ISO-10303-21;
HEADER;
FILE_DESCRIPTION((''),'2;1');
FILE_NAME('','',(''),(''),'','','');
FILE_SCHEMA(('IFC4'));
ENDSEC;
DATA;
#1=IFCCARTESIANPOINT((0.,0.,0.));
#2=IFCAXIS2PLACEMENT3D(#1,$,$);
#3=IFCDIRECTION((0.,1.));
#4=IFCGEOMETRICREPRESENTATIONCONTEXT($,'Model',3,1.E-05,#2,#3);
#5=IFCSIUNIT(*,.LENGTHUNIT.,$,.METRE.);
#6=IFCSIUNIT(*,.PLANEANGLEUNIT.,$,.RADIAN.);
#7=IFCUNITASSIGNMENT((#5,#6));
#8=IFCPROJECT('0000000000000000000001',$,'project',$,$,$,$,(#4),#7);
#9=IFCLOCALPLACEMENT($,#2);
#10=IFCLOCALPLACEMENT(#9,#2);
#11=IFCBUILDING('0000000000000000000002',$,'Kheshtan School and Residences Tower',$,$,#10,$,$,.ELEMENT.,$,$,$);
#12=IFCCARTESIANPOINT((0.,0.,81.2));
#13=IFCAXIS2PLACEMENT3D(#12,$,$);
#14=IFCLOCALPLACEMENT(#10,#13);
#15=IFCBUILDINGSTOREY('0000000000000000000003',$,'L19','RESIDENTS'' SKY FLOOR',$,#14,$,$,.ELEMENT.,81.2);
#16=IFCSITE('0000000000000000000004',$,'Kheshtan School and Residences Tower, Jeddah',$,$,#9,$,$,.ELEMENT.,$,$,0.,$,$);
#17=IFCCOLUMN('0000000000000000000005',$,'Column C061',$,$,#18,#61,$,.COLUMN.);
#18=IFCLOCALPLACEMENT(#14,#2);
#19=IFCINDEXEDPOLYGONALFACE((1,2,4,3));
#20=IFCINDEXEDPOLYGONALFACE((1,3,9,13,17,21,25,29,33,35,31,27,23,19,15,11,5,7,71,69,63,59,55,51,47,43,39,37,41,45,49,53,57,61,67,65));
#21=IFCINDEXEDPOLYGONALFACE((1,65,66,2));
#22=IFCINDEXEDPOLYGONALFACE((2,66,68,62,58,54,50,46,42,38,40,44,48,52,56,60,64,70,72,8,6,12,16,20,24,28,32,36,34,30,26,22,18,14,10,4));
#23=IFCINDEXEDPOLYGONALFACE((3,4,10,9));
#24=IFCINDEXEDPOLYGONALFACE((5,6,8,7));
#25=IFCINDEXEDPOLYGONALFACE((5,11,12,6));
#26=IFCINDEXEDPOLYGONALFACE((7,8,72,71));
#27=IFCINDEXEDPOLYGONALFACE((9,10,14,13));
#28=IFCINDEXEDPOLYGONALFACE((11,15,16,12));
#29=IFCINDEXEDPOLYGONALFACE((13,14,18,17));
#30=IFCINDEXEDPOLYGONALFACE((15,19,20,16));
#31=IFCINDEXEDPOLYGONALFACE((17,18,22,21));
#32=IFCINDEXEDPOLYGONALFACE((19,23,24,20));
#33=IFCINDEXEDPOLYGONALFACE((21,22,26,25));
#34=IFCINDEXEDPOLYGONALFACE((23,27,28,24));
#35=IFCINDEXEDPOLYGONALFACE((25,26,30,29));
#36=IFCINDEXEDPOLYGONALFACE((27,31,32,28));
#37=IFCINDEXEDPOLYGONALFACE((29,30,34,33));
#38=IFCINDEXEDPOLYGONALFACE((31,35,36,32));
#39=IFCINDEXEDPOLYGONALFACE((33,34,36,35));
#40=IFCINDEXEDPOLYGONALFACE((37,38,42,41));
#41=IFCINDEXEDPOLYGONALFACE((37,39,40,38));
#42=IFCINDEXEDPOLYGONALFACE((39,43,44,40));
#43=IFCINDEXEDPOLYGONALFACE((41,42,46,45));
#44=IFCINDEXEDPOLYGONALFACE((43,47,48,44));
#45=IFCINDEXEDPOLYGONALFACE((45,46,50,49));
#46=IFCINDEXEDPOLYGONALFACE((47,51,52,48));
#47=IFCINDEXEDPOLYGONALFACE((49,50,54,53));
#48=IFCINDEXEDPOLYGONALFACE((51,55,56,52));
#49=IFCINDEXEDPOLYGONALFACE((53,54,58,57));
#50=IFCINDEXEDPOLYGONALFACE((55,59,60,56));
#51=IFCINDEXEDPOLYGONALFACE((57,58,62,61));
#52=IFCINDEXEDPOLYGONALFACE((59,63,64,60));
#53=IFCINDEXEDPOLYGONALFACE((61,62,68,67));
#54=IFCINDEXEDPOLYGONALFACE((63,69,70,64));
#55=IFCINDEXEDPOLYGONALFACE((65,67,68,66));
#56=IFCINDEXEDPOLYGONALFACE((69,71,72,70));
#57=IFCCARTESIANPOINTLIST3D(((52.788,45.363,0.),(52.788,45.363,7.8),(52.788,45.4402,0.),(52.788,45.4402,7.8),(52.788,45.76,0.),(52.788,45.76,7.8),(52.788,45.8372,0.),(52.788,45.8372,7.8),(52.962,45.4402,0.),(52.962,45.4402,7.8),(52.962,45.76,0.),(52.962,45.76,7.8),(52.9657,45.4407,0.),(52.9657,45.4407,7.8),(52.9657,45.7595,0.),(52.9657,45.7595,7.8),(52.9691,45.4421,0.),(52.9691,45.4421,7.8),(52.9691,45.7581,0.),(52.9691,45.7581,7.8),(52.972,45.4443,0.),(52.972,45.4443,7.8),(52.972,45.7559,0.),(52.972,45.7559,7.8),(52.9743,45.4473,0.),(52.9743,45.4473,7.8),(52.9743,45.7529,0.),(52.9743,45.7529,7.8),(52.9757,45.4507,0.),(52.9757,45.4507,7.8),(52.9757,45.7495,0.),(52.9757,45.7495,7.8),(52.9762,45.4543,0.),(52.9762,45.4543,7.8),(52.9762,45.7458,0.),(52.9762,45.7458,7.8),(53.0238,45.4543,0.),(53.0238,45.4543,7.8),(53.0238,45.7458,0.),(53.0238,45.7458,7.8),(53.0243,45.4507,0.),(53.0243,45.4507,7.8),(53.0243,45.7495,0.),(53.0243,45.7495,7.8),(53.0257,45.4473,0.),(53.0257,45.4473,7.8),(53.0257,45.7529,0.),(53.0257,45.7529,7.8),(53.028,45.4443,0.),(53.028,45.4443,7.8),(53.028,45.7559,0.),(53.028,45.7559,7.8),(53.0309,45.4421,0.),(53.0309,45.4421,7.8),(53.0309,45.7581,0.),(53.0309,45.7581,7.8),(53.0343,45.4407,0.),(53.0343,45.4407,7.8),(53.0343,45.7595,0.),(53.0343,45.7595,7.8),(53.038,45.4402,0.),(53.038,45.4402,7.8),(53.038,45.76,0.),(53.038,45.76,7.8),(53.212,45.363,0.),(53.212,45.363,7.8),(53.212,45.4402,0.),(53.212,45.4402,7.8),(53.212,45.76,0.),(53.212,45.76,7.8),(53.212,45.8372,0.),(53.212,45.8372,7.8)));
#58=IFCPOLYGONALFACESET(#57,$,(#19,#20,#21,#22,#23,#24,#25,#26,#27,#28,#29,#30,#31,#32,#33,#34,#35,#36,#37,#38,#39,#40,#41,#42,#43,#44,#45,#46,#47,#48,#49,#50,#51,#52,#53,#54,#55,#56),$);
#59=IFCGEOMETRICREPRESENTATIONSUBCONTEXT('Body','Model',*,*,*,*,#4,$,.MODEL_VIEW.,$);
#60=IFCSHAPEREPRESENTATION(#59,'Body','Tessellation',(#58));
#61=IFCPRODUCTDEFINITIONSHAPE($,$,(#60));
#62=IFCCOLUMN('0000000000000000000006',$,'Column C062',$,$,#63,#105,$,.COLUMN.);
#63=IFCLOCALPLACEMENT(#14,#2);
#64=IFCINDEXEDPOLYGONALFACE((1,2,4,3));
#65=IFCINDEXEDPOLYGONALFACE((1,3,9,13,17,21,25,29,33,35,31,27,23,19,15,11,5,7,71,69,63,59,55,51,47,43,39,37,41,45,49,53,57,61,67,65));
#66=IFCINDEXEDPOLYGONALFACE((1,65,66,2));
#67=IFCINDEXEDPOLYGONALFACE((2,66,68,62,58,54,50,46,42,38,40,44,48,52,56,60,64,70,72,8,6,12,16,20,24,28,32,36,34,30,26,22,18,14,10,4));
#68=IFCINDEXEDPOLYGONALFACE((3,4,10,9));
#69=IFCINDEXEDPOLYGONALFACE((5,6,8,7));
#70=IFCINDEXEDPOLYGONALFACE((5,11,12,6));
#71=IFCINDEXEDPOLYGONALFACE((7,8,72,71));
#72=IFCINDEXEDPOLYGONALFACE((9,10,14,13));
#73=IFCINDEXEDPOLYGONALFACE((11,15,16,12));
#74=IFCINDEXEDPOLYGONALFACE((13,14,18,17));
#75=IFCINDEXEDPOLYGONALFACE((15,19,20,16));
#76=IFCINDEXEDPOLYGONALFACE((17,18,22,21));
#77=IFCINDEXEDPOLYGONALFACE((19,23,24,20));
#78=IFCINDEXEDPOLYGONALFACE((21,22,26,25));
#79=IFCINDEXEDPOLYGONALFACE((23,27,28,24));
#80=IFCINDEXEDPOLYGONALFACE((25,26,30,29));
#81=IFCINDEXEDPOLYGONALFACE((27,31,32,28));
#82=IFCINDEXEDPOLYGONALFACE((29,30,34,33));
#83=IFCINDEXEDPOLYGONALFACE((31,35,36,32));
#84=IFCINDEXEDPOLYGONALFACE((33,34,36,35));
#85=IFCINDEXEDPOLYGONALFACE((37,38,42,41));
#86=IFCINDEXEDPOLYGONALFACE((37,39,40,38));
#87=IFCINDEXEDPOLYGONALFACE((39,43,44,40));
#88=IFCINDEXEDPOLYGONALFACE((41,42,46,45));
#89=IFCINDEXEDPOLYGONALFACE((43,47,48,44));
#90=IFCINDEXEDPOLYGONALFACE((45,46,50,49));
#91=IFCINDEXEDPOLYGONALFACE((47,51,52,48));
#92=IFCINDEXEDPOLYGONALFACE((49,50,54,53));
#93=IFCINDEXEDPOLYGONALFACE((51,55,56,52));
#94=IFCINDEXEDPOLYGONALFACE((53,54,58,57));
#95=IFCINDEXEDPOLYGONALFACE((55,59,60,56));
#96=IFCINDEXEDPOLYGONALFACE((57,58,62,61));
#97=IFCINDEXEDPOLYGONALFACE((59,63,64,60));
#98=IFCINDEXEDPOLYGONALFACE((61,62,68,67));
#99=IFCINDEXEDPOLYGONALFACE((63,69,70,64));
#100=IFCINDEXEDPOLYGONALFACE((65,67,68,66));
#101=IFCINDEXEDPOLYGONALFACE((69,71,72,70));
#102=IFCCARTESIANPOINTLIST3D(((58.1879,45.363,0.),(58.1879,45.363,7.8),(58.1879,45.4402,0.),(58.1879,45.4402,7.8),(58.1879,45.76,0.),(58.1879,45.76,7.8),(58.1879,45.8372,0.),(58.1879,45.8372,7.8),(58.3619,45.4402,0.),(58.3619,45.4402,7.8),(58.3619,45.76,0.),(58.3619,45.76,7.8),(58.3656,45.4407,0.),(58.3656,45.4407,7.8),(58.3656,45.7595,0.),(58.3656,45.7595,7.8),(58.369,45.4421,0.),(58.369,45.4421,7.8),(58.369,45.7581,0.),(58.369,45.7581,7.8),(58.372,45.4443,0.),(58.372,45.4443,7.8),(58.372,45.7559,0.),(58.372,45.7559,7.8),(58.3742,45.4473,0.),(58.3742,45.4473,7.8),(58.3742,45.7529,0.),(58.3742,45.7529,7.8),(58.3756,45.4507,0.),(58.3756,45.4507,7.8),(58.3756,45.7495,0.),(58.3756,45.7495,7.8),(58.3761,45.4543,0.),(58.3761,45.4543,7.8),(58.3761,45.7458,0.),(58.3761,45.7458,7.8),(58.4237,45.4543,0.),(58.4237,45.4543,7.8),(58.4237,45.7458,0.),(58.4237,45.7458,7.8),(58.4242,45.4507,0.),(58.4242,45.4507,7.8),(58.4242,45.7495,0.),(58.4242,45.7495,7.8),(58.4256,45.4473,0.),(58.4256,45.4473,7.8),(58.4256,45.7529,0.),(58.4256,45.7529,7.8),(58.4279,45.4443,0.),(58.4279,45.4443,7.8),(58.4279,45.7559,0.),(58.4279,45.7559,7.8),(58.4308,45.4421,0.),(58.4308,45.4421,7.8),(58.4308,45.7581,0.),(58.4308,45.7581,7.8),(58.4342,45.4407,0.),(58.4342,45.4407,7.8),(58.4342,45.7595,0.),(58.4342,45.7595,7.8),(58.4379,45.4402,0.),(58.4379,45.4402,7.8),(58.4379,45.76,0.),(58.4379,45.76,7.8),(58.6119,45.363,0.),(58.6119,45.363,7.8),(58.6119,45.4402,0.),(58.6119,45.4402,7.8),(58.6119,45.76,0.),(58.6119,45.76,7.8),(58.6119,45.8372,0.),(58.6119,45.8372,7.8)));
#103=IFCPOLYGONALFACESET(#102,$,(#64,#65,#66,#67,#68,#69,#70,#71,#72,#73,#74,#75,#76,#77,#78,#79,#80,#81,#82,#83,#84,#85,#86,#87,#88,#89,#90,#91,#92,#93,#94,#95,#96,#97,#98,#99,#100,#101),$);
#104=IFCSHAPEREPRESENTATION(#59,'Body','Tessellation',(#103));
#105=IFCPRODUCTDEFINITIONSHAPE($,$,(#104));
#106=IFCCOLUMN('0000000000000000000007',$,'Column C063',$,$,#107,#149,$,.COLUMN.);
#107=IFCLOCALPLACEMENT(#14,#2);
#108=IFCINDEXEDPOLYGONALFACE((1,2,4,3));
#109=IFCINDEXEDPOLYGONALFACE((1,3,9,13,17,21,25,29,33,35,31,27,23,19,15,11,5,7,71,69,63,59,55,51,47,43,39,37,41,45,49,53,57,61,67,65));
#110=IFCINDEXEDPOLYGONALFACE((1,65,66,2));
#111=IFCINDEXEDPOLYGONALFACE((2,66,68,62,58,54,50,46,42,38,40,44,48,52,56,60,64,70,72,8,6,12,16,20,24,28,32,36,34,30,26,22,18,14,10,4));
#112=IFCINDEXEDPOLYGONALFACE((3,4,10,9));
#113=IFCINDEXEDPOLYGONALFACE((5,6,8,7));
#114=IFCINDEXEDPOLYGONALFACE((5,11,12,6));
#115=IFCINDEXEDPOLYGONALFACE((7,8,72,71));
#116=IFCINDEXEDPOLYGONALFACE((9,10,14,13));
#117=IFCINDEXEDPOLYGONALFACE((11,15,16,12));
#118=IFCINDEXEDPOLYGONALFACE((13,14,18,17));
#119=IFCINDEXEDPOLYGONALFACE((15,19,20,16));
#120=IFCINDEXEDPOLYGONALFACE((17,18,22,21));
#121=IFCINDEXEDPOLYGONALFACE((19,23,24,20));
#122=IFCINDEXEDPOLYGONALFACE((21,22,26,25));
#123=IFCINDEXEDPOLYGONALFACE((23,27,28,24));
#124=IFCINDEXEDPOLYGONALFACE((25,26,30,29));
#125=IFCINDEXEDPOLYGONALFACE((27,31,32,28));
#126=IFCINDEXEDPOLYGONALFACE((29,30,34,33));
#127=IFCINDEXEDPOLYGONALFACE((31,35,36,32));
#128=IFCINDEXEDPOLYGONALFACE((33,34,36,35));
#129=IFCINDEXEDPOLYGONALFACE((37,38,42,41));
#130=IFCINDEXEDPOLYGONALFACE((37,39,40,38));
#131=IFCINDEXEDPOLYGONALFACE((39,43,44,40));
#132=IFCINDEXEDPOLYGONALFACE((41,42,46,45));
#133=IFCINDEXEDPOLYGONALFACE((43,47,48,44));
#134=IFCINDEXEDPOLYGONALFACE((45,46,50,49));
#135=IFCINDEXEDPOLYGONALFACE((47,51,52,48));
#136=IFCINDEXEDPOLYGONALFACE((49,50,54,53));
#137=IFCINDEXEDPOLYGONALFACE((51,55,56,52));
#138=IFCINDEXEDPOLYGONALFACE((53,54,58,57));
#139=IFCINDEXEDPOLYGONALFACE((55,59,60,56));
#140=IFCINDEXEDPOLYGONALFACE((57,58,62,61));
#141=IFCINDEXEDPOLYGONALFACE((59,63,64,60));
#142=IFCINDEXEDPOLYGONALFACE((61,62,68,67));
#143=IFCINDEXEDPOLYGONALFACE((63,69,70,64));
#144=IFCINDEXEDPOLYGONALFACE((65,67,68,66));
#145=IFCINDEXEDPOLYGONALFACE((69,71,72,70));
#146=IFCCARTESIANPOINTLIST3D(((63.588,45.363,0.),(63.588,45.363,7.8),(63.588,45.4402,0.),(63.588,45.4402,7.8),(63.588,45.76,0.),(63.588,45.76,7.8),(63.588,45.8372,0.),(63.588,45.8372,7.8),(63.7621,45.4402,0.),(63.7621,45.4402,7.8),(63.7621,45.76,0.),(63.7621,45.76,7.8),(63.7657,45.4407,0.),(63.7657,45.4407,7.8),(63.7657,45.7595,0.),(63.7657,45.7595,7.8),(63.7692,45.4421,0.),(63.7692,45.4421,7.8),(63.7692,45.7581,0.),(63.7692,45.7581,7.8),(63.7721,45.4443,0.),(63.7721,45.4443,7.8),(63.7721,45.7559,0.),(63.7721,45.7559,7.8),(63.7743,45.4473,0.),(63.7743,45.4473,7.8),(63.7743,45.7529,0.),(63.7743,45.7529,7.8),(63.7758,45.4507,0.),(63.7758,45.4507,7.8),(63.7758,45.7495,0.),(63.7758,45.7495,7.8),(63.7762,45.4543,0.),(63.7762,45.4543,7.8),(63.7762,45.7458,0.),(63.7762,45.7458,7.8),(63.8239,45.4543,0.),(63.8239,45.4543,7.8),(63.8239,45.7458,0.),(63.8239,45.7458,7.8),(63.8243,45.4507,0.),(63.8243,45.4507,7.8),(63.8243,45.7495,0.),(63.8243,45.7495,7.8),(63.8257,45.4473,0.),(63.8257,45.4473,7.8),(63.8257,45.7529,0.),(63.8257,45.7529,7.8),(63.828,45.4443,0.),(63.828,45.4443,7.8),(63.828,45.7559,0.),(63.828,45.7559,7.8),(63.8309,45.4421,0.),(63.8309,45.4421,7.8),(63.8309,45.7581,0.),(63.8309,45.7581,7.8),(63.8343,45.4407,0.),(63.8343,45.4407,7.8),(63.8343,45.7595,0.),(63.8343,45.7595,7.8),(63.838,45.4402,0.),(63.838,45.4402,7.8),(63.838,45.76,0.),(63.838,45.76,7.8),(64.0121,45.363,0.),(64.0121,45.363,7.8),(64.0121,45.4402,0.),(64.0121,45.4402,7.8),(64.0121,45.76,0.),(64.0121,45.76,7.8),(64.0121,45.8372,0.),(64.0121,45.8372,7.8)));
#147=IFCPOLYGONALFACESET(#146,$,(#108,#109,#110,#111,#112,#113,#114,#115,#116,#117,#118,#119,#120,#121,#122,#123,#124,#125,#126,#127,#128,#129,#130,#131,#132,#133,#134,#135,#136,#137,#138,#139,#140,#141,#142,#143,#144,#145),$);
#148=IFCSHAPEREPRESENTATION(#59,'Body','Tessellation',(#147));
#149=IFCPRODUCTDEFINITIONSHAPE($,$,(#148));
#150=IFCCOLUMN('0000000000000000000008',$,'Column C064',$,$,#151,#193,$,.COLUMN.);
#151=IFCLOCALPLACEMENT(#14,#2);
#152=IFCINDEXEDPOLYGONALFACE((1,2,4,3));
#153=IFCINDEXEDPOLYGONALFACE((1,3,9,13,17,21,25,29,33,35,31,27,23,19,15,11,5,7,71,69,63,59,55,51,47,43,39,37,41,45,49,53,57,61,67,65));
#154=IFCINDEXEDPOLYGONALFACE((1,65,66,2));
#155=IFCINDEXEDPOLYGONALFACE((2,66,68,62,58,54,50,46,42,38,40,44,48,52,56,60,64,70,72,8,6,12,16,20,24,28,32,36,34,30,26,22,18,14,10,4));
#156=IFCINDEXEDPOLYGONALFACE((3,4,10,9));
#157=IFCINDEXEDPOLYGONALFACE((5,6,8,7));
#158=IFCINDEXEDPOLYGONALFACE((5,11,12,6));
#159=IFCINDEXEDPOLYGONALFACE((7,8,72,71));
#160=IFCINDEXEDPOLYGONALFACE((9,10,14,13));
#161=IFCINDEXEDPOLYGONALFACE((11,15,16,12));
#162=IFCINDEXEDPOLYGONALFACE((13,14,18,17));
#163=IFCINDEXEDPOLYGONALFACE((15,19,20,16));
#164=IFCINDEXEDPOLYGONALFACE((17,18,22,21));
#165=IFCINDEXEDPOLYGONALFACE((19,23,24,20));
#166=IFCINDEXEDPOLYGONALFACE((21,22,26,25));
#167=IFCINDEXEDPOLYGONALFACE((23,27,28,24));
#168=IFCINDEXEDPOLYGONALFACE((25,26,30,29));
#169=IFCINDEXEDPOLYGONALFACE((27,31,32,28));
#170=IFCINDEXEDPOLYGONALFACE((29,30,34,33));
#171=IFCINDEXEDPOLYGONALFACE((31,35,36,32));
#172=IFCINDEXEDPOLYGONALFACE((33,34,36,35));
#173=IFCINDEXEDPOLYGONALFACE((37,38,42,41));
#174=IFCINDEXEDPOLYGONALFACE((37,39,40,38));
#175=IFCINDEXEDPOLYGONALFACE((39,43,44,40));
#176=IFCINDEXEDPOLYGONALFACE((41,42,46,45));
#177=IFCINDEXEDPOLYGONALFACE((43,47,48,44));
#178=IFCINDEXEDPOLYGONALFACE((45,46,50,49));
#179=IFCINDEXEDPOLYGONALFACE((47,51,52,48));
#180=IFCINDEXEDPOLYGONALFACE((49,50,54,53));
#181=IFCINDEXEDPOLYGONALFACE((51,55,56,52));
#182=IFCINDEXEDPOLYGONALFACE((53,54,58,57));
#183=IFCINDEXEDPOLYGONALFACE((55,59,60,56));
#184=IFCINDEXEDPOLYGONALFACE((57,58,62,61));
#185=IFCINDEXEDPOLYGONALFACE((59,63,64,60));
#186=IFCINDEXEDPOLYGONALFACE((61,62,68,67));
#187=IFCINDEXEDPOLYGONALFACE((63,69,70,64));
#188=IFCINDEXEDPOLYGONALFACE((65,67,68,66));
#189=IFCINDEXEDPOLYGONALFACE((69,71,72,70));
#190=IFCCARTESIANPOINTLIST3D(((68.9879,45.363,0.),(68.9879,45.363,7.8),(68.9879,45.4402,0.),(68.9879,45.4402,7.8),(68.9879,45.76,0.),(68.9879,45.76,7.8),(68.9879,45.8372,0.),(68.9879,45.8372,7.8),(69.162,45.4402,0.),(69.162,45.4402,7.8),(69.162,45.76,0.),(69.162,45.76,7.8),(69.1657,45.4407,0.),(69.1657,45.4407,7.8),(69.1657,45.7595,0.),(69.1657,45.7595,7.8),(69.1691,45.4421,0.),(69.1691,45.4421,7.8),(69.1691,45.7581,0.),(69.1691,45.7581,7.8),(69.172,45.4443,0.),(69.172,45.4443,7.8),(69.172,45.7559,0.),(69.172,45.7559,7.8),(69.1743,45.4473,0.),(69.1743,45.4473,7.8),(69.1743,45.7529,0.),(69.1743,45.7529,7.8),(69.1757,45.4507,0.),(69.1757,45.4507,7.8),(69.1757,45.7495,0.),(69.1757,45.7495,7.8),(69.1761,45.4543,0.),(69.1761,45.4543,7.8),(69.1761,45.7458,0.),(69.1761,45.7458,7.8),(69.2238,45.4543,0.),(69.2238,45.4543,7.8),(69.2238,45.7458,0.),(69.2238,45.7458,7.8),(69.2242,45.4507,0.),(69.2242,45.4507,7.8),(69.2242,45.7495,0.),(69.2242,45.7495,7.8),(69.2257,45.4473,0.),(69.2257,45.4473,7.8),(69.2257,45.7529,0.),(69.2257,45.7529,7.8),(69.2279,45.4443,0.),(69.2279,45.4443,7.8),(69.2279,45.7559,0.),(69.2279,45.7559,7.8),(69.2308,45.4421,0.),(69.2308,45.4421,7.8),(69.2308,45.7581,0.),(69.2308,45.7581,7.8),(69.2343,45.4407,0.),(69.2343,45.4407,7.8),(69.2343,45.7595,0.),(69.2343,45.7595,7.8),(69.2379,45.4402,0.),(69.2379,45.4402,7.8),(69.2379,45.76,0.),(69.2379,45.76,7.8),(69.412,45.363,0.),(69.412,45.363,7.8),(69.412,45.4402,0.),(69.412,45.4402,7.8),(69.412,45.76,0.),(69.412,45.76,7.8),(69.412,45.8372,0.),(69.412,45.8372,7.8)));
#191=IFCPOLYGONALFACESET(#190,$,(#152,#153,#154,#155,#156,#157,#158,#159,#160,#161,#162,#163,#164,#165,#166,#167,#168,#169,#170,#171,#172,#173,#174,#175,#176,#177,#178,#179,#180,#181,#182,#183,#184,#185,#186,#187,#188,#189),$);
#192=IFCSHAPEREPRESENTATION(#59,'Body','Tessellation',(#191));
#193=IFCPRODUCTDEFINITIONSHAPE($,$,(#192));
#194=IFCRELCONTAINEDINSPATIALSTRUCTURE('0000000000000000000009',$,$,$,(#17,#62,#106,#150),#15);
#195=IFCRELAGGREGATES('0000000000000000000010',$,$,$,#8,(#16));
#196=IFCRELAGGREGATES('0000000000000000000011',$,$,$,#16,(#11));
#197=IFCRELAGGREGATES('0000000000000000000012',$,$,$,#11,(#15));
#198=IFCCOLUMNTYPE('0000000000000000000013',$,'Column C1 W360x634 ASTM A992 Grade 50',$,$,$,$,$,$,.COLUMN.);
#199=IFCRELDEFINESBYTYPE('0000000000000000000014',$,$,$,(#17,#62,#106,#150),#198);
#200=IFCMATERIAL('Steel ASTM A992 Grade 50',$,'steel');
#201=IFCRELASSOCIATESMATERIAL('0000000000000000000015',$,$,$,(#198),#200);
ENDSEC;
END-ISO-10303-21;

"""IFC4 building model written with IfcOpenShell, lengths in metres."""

from ifc_helpers import new_model, si_unit, direction, frame, origin, origin_2d, place, context, subcontext, project, spatial, i_section, extrude, material, material_profile, profile_set, type_object, element, save


model = new_model("IFC4")

# Units and contexts
model_context = context("Model", 3, precision=1e-05, world=origin(), true_north=direction((0.0, 1.0)))
body_context = subcontext(model_context, "Body", "Model", "MODEL_VIEW")
ifc_project = project(units=[si_unit("LENGTHUNIT", "METRE"), si_unit("PLANEANGLEUNIT", "RADIAN")], contexts=[model_context])

# Site, building, storey
site_placement = place(None, origin())
site = spatial("IfcSite", under=ifc_project, at=site_placement, Name="Kheshtan School and Residences Tower, Jeddah", CompositionType="ELEMENT", RefElevation=0.0)
building_placement = place(site_placement, origin())
building = spatial("IfcBuilding", under=site, at=building_placement, Name="Kheshtan School and Residences Tower", CompositionType="ELEMENT")
storey_placement = place(building_placement, frame((0.0, 0.0, 81.2)))
storey = spatial("IfcBuildingStorey", under=building, at=storey_placement, Name="L19", Description="RESIDENTS' SKY FLOOR", CompositionType="ELEMENT", Elevation=81.2)

# Columns
ifc_material_1 = material(Name="Steel ASTM A992 Grade 50", Category="steel")
ifc_material_profile_1 = material_profile(ifc_material_1, i_section(OverallWidth=0.4241, OverallDepth=0.4741, WebThickness=0.0476, FlangeThickness=0.0771, FilletRadius=0.0142, at=origin_2d()), Name="W360x634")
ifc_profile_set_1 = profile_set([ifc_material_profile_1], Name="Steel ASTM A992 Grade 50")
column_type_1 = type_object("IfcColumnType", Name="Column C1 W360x634 ASTM A992 Grade 50", PredefinedType="COLUMN", material=ifc_profile_set_1)
for number, where, z_axis, x_axis, name in (
    (1, (53.0, 45.6001, 0.0), (0.0, 0.0, 1.0), (1.0, 0.0, 0.0), "Column C061"),
    (2, (58.3999, 45.6001, 0.0), (0.0, 0.0, 1.0), (1.0, 0.0, 0.0), "Column C062"),
    (3, (63.8, 45.6001, 0.0), (0.0, 0.0, 1.0), (1.0, 0.0, 0.0), "Column C063"),
    (4, (69.2, 45.6001, 0.0), (0.0, 0.0, 1.0), (1.0, 0.0, 0.0), "Column C064"),
):
    element("IfcColumn", number, at=place(storey_placement, frame(where, z_axis=z_axis, x_axis=x_axis)), inside=storey, type_object=column_type_1, Name=name, PredefinedType="COLUMN", context=body_context, shape_type="SweptSolid", body=[
        extrude(i_section(OverallWidth=0.4241, OverallDepth=0.4741, WebThickness=0.0476, FlangeThickness=0.0771, FilletRadius=0.0142, at=origin_2d()), origin(), (0.0, 0.0, 1.0), 7.8),
    ])

save(model, "model.ifc")
